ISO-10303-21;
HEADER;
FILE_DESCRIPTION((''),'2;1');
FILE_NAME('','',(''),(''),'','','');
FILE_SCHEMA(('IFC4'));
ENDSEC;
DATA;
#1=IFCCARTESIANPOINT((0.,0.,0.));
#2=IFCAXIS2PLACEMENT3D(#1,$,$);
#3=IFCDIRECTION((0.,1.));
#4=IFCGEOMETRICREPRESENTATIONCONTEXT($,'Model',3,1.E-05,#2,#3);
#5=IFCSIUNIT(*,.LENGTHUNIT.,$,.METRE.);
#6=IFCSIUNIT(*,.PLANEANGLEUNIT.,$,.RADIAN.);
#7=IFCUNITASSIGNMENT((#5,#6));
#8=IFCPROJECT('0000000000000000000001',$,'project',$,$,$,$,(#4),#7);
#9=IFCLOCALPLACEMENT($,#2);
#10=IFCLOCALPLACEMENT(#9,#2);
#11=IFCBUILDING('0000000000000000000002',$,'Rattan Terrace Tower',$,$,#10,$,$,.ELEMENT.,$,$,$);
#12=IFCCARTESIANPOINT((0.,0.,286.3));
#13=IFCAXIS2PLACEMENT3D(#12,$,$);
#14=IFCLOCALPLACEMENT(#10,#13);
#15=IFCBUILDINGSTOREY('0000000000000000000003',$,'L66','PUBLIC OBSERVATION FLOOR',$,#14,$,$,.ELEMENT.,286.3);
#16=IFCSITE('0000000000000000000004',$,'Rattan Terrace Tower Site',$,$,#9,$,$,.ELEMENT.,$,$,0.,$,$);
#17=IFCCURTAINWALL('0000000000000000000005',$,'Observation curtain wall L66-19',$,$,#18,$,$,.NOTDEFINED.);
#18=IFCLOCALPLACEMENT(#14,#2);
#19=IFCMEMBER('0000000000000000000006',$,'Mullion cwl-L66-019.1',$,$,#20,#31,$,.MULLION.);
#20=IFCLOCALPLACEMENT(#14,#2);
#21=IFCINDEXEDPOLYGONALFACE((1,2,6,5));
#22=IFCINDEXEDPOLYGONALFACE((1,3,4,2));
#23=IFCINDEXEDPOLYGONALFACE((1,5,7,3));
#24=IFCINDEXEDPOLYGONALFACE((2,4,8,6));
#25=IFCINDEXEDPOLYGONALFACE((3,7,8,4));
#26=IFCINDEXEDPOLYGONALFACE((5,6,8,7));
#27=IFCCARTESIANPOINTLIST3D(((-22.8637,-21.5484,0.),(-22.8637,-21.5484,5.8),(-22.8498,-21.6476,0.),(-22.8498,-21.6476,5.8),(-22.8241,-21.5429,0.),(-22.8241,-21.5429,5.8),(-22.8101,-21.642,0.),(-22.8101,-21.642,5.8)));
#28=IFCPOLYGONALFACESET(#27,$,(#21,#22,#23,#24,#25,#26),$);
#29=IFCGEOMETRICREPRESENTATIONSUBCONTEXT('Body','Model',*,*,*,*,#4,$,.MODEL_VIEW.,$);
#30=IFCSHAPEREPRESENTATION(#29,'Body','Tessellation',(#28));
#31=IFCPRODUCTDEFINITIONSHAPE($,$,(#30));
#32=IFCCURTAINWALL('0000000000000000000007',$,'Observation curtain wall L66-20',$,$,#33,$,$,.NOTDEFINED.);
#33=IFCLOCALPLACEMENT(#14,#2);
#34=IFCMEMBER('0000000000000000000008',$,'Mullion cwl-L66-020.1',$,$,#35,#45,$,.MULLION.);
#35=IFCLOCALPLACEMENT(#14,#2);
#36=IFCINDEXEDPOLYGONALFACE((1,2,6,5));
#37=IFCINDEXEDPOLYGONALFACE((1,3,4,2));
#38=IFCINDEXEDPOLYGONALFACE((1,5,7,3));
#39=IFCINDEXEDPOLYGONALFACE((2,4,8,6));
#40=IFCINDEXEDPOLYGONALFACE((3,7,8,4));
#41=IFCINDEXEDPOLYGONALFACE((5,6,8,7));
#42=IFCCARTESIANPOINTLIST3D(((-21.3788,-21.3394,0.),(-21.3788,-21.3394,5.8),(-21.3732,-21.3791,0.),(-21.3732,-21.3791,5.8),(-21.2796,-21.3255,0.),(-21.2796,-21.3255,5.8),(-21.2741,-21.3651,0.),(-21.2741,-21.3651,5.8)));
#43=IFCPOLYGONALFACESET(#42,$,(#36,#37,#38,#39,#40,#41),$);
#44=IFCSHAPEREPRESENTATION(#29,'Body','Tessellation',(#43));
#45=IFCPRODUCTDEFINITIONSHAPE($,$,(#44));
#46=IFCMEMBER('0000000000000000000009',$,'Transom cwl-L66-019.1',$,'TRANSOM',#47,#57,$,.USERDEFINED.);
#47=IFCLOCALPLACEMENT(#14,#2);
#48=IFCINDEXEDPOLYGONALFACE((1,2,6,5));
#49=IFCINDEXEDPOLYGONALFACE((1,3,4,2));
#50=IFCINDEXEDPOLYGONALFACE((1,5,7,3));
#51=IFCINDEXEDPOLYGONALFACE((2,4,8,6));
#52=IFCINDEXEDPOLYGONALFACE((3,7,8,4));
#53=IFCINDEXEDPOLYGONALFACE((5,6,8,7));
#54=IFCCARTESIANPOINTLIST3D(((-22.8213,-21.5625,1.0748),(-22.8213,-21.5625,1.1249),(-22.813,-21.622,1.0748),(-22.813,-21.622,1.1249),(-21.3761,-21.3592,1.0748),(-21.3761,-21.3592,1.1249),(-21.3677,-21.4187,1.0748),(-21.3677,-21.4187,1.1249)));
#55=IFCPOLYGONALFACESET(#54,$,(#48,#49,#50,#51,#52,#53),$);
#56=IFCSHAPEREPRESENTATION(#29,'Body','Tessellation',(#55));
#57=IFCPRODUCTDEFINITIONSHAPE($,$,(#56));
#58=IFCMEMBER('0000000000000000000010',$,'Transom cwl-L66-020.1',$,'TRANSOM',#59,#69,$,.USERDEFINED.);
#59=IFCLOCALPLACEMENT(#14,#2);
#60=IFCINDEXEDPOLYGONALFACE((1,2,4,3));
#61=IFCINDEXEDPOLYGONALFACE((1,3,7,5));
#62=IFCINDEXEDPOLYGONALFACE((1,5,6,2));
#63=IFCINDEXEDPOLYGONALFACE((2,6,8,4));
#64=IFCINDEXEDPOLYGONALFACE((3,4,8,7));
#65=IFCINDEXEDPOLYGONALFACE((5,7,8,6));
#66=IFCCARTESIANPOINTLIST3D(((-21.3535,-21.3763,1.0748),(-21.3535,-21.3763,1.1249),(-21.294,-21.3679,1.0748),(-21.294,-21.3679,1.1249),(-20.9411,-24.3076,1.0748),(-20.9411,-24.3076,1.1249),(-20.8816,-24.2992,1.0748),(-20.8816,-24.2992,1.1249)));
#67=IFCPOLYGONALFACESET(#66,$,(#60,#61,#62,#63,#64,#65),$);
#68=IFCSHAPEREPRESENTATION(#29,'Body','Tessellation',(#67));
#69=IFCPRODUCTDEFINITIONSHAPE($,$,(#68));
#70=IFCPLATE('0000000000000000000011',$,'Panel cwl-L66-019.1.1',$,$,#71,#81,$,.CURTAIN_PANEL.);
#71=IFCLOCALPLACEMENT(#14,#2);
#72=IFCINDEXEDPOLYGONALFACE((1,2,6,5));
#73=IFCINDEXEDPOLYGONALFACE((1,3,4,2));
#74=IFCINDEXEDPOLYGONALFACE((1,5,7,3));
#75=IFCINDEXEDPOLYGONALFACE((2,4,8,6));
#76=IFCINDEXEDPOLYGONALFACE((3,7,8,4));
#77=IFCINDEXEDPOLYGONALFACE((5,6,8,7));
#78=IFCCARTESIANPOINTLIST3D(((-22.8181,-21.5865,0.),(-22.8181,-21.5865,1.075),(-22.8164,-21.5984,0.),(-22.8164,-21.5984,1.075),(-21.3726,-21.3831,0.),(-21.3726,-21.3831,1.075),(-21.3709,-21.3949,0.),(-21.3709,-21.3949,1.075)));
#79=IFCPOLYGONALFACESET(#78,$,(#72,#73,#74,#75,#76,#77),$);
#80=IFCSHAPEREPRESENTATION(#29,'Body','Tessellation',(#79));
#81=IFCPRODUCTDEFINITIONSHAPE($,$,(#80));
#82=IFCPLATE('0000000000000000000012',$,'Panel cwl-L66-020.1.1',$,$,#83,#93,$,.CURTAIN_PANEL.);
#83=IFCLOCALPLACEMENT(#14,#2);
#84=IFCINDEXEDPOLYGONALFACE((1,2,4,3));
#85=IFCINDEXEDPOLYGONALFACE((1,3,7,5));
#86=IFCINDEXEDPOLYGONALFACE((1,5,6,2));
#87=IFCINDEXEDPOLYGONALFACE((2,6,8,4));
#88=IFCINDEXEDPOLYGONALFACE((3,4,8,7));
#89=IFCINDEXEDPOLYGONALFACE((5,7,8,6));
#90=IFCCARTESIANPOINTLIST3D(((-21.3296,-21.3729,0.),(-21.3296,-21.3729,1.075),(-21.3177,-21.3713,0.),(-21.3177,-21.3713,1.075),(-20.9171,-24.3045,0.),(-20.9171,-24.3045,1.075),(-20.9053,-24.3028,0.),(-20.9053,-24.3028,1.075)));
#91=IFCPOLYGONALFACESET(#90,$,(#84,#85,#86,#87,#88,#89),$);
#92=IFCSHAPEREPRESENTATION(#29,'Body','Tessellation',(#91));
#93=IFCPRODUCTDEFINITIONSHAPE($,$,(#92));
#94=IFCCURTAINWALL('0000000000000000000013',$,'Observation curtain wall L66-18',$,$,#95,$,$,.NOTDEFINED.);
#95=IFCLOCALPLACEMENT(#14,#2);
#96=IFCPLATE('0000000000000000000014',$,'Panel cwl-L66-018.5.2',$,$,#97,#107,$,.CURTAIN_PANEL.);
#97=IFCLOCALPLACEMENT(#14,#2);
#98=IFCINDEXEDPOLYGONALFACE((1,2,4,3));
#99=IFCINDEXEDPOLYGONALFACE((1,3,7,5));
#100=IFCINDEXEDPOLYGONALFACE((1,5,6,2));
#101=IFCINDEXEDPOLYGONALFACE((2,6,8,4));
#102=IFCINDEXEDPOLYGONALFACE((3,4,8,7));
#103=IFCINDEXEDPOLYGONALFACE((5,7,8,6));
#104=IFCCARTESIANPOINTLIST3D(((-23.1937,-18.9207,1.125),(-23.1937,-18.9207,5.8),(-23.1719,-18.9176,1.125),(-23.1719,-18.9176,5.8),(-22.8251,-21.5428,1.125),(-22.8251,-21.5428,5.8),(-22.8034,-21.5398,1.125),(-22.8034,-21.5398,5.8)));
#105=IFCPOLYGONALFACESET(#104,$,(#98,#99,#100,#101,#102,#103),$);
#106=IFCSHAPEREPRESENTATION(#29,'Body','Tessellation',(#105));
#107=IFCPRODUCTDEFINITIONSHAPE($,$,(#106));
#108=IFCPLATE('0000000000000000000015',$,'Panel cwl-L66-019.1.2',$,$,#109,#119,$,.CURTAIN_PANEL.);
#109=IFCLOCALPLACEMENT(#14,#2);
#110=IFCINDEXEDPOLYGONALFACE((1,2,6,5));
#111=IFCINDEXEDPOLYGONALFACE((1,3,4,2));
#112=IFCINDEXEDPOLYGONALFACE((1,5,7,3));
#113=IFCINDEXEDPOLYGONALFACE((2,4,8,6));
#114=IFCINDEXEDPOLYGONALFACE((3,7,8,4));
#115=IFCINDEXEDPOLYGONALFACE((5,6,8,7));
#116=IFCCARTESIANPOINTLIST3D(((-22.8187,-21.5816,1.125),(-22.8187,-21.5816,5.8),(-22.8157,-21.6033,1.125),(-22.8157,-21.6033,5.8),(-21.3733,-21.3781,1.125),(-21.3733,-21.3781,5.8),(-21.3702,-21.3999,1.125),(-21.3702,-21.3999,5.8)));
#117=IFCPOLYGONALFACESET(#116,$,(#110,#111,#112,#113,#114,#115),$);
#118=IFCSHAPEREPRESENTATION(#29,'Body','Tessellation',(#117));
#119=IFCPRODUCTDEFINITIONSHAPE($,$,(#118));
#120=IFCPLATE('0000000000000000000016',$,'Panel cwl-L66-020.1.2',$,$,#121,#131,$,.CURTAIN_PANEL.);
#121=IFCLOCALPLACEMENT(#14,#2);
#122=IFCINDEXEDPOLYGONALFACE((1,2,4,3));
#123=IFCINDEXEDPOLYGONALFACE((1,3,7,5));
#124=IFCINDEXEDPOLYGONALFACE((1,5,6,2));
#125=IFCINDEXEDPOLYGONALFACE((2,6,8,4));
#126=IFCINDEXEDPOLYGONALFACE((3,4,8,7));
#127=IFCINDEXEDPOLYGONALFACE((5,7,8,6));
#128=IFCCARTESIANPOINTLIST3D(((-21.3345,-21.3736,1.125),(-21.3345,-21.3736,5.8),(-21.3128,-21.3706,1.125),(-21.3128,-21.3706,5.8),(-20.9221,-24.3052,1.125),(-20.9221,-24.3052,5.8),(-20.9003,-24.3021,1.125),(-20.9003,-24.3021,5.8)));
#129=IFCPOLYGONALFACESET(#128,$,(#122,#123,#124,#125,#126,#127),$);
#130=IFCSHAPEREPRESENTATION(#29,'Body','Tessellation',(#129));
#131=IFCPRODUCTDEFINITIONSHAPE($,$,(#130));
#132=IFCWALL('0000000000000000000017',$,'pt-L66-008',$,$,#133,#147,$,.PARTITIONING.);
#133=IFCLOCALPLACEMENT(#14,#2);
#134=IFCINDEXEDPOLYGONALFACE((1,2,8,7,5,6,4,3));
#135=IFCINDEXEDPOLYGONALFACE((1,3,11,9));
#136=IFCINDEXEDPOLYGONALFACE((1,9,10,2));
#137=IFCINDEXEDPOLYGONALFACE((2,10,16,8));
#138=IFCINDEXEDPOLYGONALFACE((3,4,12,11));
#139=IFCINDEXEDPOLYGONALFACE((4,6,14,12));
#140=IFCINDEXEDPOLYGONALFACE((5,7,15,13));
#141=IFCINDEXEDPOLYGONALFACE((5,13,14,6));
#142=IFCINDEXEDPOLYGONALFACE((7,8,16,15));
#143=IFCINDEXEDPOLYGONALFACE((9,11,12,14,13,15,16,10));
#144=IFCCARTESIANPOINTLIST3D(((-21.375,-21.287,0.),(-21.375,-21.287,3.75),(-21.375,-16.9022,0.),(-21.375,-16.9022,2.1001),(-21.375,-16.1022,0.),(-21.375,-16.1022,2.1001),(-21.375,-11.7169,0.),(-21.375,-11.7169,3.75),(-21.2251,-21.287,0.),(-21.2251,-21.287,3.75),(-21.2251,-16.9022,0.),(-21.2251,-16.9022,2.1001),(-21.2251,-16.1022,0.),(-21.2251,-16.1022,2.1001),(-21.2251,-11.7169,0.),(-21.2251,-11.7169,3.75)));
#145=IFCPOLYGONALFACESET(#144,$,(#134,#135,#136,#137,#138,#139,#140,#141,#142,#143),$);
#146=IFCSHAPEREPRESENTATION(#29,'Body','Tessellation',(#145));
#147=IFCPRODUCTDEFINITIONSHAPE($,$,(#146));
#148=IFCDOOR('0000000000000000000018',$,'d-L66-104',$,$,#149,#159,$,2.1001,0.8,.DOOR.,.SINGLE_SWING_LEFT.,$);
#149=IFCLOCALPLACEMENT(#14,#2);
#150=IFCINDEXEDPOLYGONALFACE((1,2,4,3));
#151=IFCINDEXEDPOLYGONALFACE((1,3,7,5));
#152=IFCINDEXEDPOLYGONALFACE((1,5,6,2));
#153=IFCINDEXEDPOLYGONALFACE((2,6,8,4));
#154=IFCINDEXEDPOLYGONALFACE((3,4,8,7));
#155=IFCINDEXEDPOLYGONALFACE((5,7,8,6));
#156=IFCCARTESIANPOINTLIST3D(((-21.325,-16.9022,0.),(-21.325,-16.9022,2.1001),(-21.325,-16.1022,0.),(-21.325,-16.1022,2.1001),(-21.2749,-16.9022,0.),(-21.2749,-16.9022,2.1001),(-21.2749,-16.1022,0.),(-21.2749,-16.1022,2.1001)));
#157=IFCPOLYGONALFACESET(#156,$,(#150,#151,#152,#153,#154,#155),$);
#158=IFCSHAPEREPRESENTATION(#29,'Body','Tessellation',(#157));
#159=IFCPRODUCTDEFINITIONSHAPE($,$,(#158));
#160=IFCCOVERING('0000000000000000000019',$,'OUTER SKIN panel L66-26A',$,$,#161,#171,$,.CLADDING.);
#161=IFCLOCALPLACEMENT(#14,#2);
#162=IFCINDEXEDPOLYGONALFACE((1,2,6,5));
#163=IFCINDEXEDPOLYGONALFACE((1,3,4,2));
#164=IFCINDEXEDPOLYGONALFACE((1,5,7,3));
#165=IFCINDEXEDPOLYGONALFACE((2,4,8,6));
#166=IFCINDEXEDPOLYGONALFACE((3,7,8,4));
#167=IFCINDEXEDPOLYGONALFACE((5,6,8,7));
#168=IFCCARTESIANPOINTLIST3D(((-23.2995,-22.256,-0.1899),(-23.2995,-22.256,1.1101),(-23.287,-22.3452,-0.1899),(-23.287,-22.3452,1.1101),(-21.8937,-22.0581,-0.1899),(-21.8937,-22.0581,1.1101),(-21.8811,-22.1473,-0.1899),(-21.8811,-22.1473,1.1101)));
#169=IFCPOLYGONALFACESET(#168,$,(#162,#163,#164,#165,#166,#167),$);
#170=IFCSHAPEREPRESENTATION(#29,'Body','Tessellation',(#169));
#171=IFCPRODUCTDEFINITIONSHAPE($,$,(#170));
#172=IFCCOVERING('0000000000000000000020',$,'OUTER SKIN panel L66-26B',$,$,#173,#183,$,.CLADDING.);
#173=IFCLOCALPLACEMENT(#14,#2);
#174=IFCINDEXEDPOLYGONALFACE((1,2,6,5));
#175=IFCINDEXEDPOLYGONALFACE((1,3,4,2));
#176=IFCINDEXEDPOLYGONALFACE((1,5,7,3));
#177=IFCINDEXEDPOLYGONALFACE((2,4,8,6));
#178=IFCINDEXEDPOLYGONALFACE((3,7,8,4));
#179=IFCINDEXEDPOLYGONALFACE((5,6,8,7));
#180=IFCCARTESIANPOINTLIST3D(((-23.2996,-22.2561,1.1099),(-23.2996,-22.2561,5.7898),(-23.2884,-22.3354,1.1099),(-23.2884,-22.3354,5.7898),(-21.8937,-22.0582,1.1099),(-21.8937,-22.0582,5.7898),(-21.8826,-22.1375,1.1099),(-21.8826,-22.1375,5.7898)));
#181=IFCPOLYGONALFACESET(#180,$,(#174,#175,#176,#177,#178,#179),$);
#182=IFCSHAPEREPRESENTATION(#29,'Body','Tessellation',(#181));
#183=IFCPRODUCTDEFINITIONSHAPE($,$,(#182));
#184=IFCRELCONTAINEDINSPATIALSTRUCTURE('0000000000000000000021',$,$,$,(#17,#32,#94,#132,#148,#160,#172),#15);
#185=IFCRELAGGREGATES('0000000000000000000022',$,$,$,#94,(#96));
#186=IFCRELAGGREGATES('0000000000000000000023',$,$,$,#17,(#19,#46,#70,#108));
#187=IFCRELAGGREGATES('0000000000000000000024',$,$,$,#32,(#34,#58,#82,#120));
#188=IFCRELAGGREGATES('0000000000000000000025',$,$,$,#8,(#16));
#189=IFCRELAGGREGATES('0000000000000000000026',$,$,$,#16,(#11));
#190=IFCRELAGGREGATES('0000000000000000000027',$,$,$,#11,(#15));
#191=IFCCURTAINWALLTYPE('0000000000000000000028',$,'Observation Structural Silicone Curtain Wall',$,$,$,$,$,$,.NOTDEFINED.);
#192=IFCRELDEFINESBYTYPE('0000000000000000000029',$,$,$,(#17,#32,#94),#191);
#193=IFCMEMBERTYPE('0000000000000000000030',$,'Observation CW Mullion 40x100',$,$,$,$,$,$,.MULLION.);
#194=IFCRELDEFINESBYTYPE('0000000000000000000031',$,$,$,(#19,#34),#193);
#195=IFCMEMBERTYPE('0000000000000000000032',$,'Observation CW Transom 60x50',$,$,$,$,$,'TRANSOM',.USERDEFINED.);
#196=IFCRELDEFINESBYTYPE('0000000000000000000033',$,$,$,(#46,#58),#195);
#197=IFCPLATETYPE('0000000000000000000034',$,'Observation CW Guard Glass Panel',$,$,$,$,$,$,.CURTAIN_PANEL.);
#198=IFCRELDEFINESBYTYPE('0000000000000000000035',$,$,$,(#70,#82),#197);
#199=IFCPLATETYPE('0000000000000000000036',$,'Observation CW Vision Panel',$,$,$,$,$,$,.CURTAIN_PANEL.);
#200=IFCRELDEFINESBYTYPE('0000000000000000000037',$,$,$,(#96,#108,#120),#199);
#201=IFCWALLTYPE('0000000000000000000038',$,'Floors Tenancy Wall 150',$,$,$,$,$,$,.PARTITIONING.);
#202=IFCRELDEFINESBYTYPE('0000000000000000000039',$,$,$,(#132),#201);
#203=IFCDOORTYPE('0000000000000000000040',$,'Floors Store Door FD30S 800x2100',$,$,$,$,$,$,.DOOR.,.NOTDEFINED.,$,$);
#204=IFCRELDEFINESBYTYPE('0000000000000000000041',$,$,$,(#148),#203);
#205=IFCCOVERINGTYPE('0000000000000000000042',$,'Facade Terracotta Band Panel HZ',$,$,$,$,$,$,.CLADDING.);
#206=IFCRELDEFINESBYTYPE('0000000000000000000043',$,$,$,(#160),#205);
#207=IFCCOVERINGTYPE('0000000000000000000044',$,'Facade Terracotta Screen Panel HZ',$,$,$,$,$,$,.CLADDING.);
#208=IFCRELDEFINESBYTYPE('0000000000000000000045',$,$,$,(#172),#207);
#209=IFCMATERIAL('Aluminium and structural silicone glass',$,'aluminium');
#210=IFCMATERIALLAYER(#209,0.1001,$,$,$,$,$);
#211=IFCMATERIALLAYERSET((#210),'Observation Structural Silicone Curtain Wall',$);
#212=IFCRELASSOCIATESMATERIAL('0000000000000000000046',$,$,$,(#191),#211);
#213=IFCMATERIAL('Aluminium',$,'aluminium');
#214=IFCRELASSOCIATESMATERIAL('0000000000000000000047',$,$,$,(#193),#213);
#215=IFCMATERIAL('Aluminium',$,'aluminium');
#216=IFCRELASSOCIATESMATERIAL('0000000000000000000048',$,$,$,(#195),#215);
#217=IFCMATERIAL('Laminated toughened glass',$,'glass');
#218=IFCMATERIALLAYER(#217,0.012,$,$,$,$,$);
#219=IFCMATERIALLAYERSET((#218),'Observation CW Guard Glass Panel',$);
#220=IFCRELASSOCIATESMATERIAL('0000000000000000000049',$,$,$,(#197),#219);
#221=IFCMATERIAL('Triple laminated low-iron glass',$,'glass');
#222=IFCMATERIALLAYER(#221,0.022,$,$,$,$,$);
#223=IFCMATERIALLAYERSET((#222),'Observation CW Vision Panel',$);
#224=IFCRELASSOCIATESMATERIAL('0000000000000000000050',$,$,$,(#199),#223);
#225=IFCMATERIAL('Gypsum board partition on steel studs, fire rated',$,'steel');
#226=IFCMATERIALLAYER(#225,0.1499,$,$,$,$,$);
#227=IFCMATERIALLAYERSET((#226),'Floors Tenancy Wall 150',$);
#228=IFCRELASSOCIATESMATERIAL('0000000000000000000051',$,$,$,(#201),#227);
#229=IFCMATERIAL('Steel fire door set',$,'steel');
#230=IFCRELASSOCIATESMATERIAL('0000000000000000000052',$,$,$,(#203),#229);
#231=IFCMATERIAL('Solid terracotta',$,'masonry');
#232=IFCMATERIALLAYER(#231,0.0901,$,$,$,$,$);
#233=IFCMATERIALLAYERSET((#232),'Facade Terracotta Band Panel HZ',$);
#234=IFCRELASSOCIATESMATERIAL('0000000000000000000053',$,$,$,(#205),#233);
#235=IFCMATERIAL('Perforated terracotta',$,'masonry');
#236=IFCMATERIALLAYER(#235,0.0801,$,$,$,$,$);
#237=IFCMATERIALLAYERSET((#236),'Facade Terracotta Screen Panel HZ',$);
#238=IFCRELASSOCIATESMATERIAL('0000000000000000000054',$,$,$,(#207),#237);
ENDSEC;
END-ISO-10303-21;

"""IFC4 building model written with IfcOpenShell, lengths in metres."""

from ifc_helpers import new_model, si_unit, direction, frame, frame_2d, origin, origin_2d, place, context, subcontext, project, spatial, rectangle, extrude, material, layer, layer_set, material_profile, profile_set, type_object, element, fill, aggregate, save


model = new_model("IFC4")

# Units and contexts
model_context = context("Model", 3, precision=1e-05, world=origin(), true_north=direction((0.0, 1.0)))
body_context = subcontext(model_context, "Body", "Model", "MODEL_VIEW")
ifc_project = project(units=[si_unit("LENGTHUNIT", "METRE"), si_unit("PLANEANGLEUNIT", "RADIAN")], contexts=[model_context])

# Site, building, storey
site_placement = place(None, origin())
site = spatial("IfcSite", under=ifc_project, at=site_placement, Name="Rattan Terrace Tower Site", CompositionType="ELEMENT", RefElevation=0.0)
building_placement = place(site_placement, origin())
building = spatial("IfcBuilding", under=site, at=building_placement, Name="Rattan Terrace Tower", CompositionType="ELEMENT")
storey_placement = place(building_placement, frame((0.0, 0.0, 286.3)))
storey = spatial("IfcBuildingStorey", under=building, at=storey_placement, Name="L66", Description="PUBLIC OBSERVATION FLOOR", CompositionType="ELEMENT", Elevation=286.3)

# Curtain walls, members
ifc_material_1 = material(Name="Aluminium and structural silicone glass", Category="aluminium")
ifc_layer_1 = layer(ifc_material_1, 0.1001)
ifc_layer_set_1 = layer_set([ifc_layer_1], Name="Observation Structural Silicone Curtain Wall")
curtain_wall_type = type_object("IfcCurtainWallType", Name="Observation Structural Silicone Curtain Wall", PredefinedType="NOTDEFINED", material=ifc_layer_set_1)
curtain_wall_1_placement = place(storey_placement, origin())
curtain_wall_1 = element("IfcCurtainWall", 1, at=curtain_wall_1_placement, inside=storey, type_object=curtain_wall_type, Name="Observation curtain wall L66-19", PredefinedType="NOTDEFINED")
ifc_material_2 = material(Name="Aluminium", Category="aluminium")
ifc_material_profile_1 = material_profile(ifc_material_2, rectangle(XDim=0.04, YDim=0.1001, at=origin_2d()), Name="Aluminium 40x100")
ifc_profile_set_1 = profile_set([ifc_material_profile_1], Name="Aluminium")
member_type_1 = type_object("IfcMemberType", Name="Observation CW Mullion 40x100", PredefinedType="MULLION", material=ifc_profile_set_1)
member_1_placement = place(storey_placement, frame((-22.8369, -21.5952, 0.0), z_axis=(0.0, 0.0, 1.0), x_axis=(0.990241, 0.139367, 0.0)))
member_1 = element("IfcMember", 2, at=member_1_placement, type_object=member_type_1, Name="Mullion cwl-L66-019.1", PredefinedType="MULLION", context=body_context, shape_type="SweptSolid", body=[
    extrude(rectangle(XDim=0.04, YDim=0.1001, at=origin_2d()), origin(), (0.0, 0.0, 1.0), 5.8),
])
curtain_wall_2_placement = place(storey_placement, origin())
curtain_wall_2 = element("IfcCurtainWall", 3, at=curtain_wall_2_placement, inside=storey, type_object=curtain_wall_type, Name="Observation curtain wall L66-20", PredefinedType="NOTDEFINED")
member_2_placement = place(storey_placement, frame((-21.3264, -21.3523, 0.0), z_axis=(0.0, 0.0, 1.0), x_axis=(0.139321, -0.990247, 0.0)))
member_2 = element("IfcMember", 4, at=member_2_placement, type_object=member_type_1, Name="Mullion cwl-L66-020.1", PredefinedType="MULLION", context=body_context, shape_type="SweptSolid", body=[
    extrude(rectangle(XDim=0.04, YDim=0.1001, at=origin_2d()), origin(), (0.0, 0.0, 1.0), 5.8),
])

# Members
ifc_material_3 = material(Name="Aluminium", Category="aluminium")
ifc_material_profile_2 = material_profile(ifc_material_3, rectangle(XDim=0.0601, YDim=0.05, at=origin_2d()), Name="Aluminium 60x50")
ifc_profile_set_2 = profile_set([ifc_material_profile_2], Name="Aluminium")
member_type_2 = type_object("IfcMemberType", Name="Observation CW Transom 60x50", ElementType="TRANSOM", PredefinedType="USERDEFINED", material=ifc_profile_set_2)
member_3_placement = place(storey_placement, frame((-22.8171, -21.5923, 1.0999), z_axis=(0.990245, 0.139337, 0.0), x_axis=(-0.139337, 0.990245, 0.0)))
member_3 = element("IfcMember", 5, at=member_3_placement, type_object=member_type_2, Name="Transom cwl-L66-019.1", ObjectType="TRANSOM", PredefinedType="USERDEFINED", context=body_context, shape_type="SweptSolid", body=[
    extrude(rectangle(XDim=0.0601, YDim=0.05, at=origin_2d()), origin(), (0.0, 0.0, 1.0), 1.4595),
])
member_4_placement = place(storey_placement, frame((-21.3237, -21.3721, 1.0999), z_axis=(0.139297, -0.990251, 0.0), x_axis=(0.990251, 0.139297, 0.0)))
member_4 = element("IfcMember", 6, at=member_4_placement, type_object=member_type_2, Name="Transom cwl-L66-020.1", ObjectType="TRANSOM", PredefinedType="USERDEFINED", context=body_context, shape_type="SweptSolid", body=[
    extrude(rectangle(XDim=0.0601, YDim=0.05, at=origin_2d()), origin(), (0.0, 0.0, 1.0), 2.9602),
])

# Plates
ifc_material_4 = material(Name="Laminated toughened glass", Category="glass")
ifc_layer_2 = layer(ifc_material_4, 0.012)
ifc_layer_set_2 = layer_set([ifc_layer_2], Name="Observation CW Guard Glass Panel")
plate_type_1 = type_object("IfcPlateType", Name="Observation CW Guard Glass Panel", PredefinedType="CURTAIN_PANEL", material=ifc_layer_set_2)
plate_1_placement = place(storey_placement, frame((-22.0945, -21.4907, 0.0), z_axis=(0.0, 0.0, 1.0), x_axis=(0.990241, 0.139367, 0.0)))
plate_1 = element("IfcPlate", 7, at=plate_1_placement, type_object=plate_type_1, Name="Panel cwl-L66-019.1.1", PredefinedType="CURTAIN_PANEL", context=body_context, shape_type="SweptSolid", body=[
    extrude(rectangle(XDim=1.4597, YDim=0.012, at=origin_2d()), origin(), (0.0, 0.0, 1.0), 1.075),
])
plate_2_placement = place(storey_placement, frame((-21.1174, -22.8379, 0.0), z_axis=(0.0, 0.0, 1.0), x_axis=(0.139321, -0.990247, 0.0)))
plate_2 = element("IfcPlate", 8, at=plate_2_placement, type_object=plate_type_1, Name="Panel cwl-L66-020.1.1", PredefinedType="CURTAIN_PANEL", context=body_context, shape_type="SweptSolid", body=[
    extrude(rectangle(XDim=2.9604, YDim=0.012, at=origin_2d()), origin(), (0.0, 0.0, 1.0), 1.075),
])

# Curtain wall, plate
curtain_wall_3_placement = place(storey_placement, origin())
curtain_wall_3 = element("IfcCurtainWall", 9, at=curtain_wall_3_placement, inside=storey, type_object=curtain_wall_type, Name="Observation curtain wall L66-18", PredefinedType="NOTDEFINED")
ifc_material_5 = material(Name="Triple laminated low-iron glass", Category="glass")
ifc_layer_3 = layer(ifc_material_5, 0.022)
ifc_layer_set_3 = layer_set([ifc_layer_3], Name="Observation CW Vision Panel")
plate_type_2 = type_object("IfcPlateType", Name="Observation CW Vision Panel", PredefinedType="CURTAIN_PANEL", material=ifc_layer_set_3)
plate_3_placement = place(storey_placement, frame((-22.9985, -20.2302, 1.125), z_axis=(0.0, 0.0, 1.0), x_axis=(0.139192, -0.990265, 0.0)))
plate_3 = element("IfcPlate", 10, at=plate_3_placement, type_object=plate_type_2, Name="Panel cwl-L66-018.5.2", PredefinedType="CURTAIN_PANEL", context=body_context, shape_type="SweptSolid", body=[
    extrude(rectangle(XDim=2.6479, YDim=0.022, at=origin_2d()), origin(), (0.0, 0.0, 1.0), 4.675),
])
aggregate(curtain_wall_3, [plate_3])

# Plates
plate_4_placement = place(storey_placement, frame((-22.0945, -21.4907, 1.125), z_axis=(0.0, 0.0, 1.0), x_axis=(0.990241, 0.139367, 0.0)))
plate_4 = element("IfcPlate", 11, at=plate_4_placement, type_object=plate_type_2, Name="Panel cwl-L66-019.1.2", PredefinedType="CURTAIN_PANEL", context=body_context, shape_type="SweptSolid", body=[
    extrude(rectangle(XDim=1.4597, YDim=0.022, at=origin_2d()), origin(), (0.0, 0.0, 1.0), 4.675),
])
aggregate(curtain_wall_1, [member_1, member_3, plate_1, plate_4])
plate_5_placement = place(storey_placement, frame((-21.1174, -22.8379, 1.125), z_axis=(0.0, 0.0, 1.0), x_axis=(0.139321, -0.990247, 0.0)))
plate_5 = element("IfcPlate", 12, at=plate_5_placement, type_object=plate_type_2, Name="Panel cwl-L66-020.1.2", PredefinedType="CURTAIN_PANEL", context=body_context, shape_type="SweptSolid", body=[
    extrude(rectangle(XDim=2.9604, YDim=0.022, at=origin_2d()), origin(), (0.0, 0.0, 1.0), 4.675),
])
aggregate(curtain_wall_2, [member_2, member_4, plate_2, plate_5])

# Wall, opening, door
ifc_material_6 = material(Name="Gypsum board partition on steel studs, fire rated", Category="steel")
ifc_layer_4 = layer(ifc_material_6, 0.1499)
ifc_layer_set_4 = layer_set([ifc_layer_4], Name="Floors Tenancy Wall 150")
wall_type = type_object("IfcWallType", Name="Floors Tenancy Wall 150", PredefinedType="PARTITIONING", material=ifc_layer_set_4)
wall_placement = place(storey_placement, frame((-21.3, -21.2871, 0.0), z_axis=(0.0, 0.0, 1.0), x_axis=(0.0, 1.0, 0.0)))
wall = element("IfcWall", 13, at=wall_placement, inside=storey, type_object=wall_type, Name="pt-L66-008", PredefinedType="PARTITIONING", context=body_context, shape_type="SweptSolid", body=[
    extrude(rectangle(XDim=9.5701, YDim=0.1499, at=frame_2d((4.7852, 0.0))), origin(), (0.0, 0.0, 1.0), 3.75),
])
opening_placement = place(wall_placement, frame((4.385, 0.0, 0.0)))
opening = element("IfcOpeningElement", 14, at=opening_placement, cuts=wall, PredefinedType="OPENING", context=body_context, shape_type="SweptSolid", body=[
    extrude(rectangle(XDim=0.8, YDim=2.1001, at=frame_2d((0.3999, 1.05))), frame((0.0, 0.0854, 0.0), z_axis=(0.0, -1.0, 0.0), x_axis=(1.0, 0.0, 0.0)), (0.0, 0.0, 1.0), 0.1709),
])
ifc_material_7 = material(Name="Steel fire door set", Category="steel")
door_type = type_object("IfcDoorType", Name="Floors Store Door FD30S 800x2100", OperationType="NOTDEFINED", PredefinedType="DOOR", material=ifc_material_7)
door_placement = place(opening_placement, origin())
door = element("IfcDoor", 15, at=door_placement, inside=storey, type_object=door_type, Name="d-L66-104", OperationType="SINGLE_SWING_LEFT", OverallHeight=2.1001, OverallWidth=0.8, PredefinedType="DOOR", context=body_context, shape_type="SweptSolid", body=[
    extrude(rectangle(XDim=0.8, YDim=2.1001, at=frame_2d((0.3999, 1.05))), frame((0.0, 0.0249, 0.0), z_axis=(0.0, -1.0, 0.0), x_axis=(1.0, 0.0, 0.0)), (0.0, 0.0, 1.0), 0.05),
])
fill(opening, door)

# Coverings
ifc_material_8 = material(Name="Solid terracotta", Category="masonry")
ifc_layer_5 = layer(ifc_material_8, 0.0901)
ifc_layer_set_5 = layer_set([ifc_layer_5], Name="Facade Terracotta Band Panel HZ")
covering_type_1 = type_object("IfcCoveringType", Name="Facade Terracotta Band Panel HZ", PredefinedType="CLADDING", material=ifc_layer_set_5)
covering_1_placement = place(storey_placement, frame((-22.5903, -22.2017, -0.1899), z_axis=(0.0, 0.0, 1.0), x_axis=(0.990241, 0.139367, 0.0)))
element("IfcCovering", 16, at=covering_1_placement, inside=storey, type_object=covering_type_1, Name="OUTER SKIN panel L66-26A", PredefinedType="CLADDING", context=body_context, shape_type="SweptSolid", body=[
    extrude(rectangle(XDim=1.4197, YDim=0.0901, at=origin_2d()), origin(), (0.0, 0.0, 1.0), 1.3),
])
ifc_material_9 = material(Name="Perforated terracotta", Category="masonry")
ifc_layer_6 = layer(ifc_material_9, 0.0801)
ifc_layer_set_6 = layer_set([ifc_layer_6], Name="Facade Terracotta Screen Panel HZ")
covering_type_2 = type_object("IfcCoveringType", Name="Facade Terracotta Screen Panel HZ", PredefinedType="CLADDING", material=ifc_layer_set_6)
covering_2_placement = place(storey_placement, frame((-22.5911, -22.1968, 1.1099), z_axis=(0.0, 0.0, 1.0), x_axis=(0.990241, 0.139367, 0.0)))
element("IfcCovering", 17, at=covering_2_placement, inside=storey, type_object=covering_type_2, Name="OUTER SKIN panel L66-26B", PredefinedType="CLADDING", context=body_context, shape_type="SweptSolid", body=[
    extrude(rectangle(XDim=1.4197, YDim=0.0801, at=origin_2d()), origin(), (0.0, 0.0, 1.0), 4.6799),
])

save(model, "model.ifc")
